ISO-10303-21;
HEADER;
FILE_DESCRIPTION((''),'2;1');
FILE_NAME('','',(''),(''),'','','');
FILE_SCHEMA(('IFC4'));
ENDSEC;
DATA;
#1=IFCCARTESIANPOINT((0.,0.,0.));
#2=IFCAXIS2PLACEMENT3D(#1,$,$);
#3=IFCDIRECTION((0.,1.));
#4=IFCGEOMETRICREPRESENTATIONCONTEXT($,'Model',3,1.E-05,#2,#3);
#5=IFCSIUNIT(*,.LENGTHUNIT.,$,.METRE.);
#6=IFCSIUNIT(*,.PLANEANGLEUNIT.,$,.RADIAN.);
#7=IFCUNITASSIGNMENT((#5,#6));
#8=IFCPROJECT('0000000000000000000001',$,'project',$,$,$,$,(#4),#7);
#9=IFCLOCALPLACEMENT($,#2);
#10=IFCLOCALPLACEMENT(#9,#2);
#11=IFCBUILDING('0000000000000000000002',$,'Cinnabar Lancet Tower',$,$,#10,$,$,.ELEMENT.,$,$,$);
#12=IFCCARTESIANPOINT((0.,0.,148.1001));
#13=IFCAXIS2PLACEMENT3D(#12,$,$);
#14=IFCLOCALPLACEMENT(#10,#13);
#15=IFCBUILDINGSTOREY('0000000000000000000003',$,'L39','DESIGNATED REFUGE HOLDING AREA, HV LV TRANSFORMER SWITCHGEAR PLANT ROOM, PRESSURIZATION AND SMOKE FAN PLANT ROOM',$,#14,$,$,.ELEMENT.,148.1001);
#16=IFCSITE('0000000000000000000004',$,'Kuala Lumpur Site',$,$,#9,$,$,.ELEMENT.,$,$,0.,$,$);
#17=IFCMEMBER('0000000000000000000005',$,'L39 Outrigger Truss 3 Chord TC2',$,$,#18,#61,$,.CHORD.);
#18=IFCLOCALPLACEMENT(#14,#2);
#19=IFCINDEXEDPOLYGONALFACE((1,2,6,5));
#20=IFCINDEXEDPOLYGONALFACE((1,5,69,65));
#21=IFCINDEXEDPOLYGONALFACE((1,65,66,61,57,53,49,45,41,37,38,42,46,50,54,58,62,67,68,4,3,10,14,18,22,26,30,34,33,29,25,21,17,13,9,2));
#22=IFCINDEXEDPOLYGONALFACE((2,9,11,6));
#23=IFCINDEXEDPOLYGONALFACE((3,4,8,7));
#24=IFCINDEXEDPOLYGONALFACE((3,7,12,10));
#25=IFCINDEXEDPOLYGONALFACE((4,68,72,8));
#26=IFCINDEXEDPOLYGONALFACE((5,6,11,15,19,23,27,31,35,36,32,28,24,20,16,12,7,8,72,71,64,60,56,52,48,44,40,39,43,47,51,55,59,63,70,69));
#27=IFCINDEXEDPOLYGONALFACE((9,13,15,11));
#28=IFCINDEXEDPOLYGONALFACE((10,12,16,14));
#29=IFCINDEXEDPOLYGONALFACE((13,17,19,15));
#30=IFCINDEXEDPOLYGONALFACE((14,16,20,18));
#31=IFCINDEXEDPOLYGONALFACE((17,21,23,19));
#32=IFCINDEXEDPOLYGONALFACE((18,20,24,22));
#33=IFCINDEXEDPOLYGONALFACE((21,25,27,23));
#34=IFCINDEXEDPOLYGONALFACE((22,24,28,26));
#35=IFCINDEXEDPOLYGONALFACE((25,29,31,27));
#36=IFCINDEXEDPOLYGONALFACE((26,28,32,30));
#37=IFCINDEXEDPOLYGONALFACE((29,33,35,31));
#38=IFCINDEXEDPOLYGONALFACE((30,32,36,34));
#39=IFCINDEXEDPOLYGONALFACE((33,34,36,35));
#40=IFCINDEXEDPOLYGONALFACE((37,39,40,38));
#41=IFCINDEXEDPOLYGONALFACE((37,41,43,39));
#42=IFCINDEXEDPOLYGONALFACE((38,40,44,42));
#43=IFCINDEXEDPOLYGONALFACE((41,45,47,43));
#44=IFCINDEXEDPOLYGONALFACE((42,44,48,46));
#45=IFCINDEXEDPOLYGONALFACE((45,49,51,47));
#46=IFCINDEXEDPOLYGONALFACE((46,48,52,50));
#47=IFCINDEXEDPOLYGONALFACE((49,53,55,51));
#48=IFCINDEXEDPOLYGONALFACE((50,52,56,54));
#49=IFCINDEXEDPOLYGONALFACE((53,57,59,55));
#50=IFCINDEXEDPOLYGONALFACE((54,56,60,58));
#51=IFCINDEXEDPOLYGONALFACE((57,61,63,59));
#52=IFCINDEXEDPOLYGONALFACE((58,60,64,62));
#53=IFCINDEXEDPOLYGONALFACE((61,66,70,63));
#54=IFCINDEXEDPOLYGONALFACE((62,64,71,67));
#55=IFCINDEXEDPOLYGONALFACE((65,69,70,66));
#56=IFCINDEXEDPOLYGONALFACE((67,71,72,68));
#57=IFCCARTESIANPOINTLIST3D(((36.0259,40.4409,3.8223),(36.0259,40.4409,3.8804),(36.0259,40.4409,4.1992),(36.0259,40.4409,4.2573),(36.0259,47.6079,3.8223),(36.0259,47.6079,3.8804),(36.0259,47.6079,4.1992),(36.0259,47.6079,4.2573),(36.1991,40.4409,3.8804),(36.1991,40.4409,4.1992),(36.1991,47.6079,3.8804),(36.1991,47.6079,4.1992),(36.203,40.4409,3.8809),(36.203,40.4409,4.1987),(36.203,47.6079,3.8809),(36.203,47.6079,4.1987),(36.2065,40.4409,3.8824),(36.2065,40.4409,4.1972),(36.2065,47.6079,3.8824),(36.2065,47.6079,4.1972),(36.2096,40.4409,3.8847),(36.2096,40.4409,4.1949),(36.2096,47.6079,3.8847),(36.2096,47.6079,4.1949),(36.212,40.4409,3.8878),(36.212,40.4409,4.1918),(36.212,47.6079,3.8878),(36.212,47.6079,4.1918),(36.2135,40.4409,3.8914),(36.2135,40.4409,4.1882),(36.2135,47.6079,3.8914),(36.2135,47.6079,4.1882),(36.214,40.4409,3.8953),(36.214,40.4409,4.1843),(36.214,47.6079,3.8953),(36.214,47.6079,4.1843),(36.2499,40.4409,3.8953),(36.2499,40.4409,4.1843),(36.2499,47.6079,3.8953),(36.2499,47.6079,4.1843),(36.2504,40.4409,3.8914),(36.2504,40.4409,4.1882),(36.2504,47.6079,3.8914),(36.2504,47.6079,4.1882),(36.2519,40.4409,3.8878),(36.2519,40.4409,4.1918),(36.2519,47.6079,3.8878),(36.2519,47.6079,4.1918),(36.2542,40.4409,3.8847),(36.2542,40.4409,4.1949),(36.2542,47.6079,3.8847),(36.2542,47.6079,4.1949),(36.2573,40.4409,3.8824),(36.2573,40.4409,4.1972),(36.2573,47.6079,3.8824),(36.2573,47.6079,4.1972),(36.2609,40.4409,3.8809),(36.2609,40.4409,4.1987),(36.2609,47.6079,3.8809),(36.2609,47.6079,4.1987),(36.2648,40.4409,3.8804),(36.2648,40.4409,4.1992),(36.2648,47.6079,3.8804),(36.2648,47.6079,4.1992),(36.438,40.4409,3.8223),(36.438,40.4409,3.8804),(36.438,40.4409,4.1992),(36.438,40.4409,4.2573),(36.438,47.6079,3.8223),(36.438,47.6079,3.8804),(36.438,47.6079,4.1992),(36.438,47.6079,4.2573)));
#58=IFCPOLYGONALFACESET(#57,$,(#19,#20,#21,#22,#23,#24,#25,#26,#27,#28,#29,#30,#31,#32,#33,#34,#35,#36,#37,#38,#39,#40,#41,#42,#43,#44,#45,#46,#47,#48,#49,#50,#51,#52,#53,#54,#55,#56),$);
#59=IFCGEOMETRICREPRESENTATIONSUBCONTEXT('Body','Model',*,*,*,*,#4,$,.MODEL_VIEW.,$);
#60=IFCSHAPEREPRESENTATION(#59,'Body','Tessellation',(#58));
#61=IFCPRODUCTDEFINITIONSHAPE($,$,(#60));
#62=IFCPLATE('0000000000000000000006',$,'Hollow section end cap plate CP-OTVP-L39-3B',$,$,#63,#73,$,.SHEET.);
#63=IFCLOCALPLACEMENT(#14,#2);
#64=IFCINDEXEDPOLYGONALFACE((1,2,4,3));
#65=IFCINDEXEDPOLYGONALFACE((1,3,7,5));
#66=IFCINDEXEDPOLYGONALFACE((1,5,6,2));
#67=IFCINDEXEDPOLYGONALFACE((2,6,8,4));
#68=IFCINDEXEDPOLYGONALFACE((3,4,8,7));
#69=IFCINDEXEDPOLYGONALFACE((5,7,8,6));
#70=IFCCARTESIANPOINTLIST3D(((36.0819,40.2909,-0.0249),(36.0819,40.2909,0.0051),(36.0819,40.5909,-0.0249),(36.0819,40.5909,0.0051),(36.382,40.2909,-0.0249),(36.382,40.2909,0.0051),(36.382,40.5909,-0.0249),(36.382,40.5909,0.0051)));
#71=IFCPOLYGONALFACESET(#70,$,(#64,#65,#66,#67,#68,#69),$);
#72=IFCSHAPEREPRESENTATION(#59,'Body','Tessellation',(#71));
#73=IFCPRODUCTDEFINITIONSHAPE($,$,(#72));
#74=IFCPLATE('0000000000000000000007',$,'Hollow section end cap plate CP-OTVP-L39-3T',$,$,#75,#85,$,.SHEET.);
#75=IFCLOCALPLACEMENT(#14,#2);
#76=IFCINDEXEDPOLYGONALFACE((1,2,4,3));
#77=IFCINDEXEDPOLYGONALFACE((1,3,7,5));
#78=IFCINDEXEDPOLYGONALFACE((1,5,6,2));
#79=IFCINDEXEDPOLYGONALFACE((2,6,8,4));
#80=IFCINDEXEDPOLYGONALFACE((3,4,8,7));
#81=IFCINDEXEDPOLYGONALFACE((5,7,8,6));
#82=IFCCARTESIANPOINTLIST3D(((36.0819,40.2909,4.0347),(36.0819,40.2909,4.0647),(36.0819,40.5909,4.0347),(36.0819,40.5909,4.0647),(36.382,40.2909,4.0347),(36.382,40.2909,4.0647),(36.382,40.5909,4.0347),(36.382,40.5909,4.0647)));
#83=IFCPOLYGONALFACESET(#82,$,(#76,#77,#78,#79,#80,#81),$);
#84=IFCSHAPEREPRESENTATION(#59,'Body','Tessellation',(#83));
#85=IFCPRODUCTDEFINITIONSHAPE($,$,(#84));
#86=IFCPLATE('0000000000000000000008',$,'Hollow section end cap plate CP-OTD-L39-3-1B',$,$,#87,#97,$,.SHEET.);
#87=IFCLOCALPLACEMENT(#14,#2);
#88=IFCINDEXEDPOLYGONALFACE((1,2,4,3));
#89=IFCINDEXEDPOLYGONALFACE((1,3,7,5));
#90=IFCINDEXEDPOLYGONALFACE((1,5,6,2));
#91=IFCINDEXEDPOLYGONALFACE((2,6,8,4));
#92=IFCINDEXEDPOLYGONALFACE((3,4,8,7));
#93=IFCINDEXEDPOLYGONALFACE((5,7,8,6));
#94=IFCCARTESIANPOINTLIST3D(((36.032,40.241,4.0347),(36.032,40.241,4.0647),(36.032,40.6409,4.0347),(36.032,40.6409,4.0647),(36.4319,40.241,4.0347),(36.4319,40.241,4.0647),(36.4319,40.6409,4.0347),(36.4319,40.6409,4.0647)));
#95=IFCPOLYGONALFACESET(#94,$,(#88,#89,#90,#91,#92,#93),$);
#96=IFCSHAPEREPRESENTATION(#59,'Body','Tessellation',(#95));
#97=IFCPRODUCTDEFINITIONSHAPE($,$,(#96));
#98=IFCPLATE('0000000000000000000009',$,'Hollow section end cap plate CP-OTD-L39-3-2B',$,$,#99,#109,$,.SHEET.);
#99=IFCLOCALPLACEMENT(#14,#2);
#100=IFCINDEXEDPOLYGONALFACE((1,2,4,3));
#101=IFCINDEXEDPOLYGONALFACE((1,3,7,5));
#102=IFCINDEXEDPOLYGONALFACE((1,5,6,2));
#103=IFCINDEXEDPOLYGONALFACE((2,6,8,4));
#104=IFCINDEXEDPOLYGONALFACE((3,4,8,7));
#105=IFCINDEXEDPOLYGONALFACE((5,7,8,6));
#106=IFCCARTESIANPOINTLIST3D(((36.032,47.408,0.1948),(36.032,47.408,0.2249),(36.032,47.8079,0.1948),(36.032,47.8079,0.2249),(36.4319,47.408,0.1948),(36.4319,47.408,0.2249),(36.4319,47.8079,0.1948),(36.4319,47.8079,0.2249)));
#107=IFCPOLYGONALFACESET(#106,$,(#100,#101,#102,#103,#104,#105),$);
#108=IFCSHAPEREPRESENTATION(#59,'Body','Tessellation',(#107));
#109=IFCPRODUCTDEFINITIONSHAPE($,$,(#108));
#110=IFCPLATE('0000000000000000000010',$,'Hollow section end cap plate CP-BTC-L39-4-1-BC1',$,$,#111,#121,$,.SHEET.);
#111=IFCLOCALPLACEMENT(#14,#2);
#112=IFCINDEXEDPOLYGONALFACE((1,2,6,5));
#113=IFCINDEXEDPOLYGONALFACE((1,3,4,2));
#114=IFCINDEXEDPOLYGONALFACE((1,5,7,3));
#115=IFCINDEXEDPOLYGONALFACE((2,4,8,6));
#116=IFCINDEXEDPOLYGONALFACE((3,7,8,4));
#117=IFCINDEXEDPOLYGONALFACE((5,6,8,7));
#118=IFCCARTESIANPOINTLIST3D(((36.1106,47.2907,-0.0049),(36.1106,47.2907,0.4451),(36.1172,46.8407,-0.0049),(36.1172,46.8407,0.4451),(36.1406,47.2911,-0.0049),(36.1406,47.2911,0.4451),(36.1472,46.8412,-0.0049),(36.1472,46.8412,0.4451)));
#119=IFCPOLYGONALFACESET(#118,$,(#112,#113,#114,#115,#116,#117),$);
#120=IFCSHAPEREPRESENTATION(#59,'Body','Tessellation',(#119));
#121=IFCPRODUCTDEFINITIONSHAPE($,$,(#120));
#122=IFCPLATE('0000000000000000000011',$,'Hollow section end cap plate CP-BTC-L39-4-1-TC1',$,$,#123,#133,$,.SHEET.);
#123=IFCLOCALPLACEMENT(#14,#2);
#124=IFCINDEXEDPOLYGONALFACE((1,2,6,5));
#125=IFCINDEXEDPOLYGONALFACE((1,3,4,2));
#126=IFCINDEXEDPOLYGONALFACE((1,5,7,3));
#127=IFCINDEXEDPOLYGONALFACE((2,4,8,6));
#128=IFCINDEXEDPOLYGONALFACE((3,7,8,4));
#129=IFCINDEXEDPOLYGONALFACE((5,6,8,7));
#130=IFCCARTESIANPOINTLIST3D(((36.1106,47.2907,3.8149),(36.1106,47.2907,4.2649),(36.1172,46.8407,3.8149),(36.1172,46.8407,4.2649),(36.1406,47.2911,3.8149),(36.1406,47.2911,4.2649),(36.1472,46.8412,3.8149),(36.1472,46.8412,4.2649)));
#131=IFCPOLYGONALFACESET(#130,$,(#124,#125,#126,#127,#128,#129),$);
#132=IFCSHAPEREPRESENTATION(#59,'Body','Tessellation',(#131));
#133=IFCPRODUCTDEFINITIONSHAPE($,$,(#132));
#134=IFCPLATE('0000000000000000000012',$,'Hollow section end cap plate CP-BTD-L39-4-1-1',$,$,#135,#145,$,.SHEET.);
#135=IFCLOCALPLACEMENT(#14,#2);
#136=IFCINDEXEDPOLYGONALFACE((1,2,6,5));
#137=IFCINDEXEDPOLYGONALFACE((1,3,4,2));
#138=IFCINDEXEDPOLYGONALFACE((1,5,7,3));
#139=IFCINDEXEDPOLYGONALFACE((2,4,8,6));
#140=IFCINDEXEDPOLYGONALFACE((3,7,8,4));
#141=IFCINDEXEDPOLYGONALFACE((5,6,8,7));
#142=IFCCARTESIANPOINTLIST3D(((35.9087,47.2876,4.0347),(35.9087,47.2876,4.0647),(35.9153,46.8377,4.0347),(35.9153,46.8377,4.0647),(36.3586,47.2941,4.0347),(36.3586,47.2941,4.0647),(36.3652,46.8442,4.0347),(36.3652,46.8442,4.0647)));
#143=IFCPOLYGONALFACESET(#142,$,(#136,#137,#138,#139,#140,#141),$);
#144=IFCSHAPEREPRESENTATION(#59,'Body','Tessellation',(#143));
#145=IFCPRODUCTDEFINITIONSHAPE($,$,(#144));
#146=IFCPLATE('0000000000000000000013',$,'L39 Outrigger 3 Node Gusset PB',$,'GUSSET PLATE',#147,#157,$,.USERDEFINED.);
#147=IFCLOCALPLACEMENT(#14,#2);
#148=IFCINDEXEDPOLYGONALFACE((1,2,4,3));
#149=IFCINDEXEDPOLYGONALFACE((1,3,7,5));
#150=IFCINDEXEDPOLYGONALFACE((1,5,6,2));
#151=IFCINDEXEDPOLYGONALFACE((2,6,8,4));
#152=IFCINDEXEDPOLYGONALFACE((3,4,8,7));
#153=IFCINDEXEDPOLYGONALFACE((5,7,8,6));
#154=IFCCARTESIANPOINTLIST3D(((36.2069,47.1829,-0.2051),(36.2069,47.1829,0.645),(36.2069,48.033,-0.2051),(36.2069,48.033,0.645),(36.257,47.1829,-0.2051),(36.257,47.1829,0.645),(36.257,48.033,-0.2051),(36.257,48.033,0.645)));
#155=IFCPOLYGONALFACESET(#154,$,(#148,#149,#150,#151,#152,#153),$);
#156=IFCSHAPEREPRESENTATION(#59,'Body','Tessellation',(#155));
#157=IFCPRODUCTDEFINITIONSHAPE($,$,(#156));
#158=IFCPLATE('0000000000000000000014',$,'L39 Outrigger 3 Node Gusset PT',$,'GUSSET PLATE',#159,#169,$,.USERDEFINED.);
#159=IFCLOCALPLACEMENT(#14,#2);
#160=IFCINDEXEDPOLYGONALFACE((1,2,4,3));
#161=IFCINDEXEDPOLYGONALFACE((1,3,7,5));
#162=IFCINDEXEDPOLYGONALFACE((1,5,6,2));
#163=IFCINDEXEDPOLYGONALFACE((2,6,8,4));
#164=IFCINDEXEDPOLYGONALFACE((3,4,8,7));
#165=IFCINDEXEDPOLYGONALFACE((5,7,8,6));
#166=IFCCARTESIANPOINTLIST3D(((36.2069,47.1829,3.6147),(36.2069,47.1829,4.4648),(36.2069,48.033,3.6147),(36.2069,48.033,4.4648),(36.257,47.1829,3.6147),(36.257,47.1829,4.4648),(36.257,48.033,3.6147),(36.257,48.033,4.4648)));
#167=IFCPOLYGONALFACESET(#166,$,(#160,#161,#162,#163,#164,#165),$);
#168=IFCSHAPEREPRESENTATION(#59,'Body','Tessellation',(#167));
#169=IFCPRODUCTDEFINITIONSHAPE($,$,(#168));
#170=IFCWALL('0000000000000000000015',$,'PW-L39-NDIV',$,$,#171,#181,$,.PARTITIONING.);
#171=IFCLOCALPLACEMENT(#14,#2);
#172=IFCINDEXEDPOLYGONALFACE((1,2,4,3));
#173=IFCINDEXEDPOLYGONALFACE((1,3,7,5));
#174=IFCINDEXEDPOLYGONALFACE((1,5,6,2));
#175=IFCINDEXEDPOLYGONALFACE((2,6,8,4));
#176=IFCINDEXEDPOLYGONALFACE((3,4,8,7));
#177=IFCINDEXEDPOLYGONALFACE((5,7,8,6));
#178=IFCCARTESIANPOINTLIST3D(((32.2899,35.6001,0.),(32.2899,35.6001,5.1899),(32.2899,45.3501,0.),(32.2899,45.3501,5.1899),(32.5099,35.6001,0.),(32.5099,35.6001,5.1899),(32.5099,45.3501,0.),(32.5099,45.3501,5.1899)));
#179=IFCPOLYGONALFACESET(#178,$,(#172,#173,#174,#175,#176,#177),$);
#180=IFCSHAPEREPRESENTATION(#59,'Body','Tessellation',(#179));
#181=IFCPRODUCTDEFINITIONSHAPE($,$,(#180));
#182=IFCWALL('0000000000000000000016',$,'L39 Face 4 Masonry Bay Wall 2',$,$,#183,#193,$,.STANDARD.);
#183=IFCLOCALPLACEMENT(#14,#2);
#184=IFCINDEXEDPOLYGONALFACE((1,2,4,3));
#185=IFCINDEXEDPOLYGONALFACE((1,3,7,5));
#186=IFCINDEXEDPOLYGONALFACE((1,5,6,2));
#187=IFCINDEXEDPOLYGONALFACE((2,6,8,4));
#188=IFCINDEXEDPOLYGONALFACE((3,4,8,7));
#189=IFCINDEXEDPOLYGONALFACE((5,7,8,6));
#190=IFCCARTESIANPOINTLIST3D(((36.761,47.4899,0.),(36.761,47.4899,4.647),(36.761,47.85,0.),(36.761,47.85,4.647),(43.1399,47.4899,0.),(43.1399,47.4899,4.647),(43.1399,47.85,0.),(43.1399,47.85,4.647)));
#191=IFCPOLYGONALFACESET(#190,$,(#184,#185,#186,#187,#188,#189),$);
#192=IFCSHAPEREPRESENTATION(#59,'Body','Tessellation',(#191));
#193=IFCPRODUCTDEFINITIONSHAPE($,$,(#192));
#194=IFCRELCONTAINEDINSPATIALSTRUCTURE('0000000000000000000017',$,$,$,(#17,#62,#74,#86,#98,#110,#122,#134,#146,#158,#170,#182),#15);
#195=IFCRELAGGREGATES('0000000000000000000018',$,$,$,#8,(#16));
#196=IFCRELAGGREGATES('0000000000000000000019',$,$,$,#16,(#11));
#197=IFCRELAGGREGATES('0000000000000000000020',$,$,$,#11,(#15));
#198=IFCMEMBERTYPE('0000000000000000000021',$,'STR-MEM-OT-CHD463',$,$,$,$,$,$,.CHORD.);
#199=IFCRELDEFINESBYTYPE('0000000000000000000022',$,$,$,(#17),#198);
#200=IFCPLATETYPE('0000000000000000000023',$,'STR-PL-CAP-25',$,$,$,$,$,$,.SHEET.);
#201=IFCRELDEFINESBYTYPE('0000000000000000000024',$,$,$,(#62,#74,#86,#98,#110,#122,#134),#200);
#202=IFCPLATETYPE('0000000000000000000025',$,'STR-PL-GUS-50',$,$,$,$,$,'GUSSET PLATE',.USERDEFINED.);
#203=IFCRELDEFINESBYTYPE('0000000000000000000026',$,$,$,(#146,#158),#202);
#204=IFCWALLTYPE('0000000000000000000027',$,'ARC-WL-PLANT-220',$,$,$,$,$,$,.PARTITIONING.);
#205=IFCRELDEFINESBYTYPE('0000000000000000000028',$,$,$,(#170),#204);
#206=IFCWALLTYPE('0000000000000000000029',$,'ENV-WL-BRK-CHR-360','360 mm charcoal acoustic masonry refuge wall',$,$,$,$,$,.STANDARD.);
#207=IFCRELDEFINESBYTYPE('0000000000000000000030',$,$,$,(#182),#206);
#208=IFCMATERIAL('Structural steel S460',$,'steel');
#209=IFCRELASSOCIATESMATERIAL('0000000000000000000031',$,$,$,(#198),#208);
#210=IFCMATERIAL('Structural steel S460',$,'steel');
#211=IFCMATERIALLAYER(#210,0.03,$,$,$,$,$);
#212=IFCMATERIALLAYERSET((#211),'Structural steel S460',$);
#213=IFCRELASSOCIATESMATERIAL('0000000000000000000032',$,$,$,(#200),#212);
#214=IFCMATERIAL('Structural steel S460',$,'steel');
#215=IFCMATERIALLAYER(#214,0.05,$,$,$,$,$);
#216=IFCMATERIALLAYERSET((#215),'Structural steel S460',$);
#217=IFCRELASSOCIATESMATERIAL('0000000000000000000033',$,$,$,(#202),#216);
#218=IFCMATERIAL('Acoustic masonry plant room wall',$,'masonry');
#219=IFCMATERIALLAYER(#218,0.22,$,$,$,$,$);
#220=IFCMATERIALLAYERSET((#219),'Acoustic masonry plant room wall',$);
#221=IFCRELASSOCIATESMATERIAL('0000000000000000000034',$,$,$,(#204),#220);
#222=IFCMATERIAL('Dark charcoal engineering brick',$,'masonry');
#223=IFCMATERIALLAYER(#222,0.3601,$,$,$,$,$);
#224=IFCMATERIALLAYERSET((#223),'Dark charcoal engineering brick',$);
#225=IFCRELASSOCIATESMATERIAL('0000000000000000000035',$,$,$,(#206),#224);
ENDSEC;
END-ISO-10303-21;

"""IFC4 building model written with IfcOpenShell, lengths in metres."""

from ifc_helpers import new_model, si_unit, direction, frame, frame_2d, origin, origin_2d, place, context, subcontext, project, spatial, rectangle, i_section, extrude, material, layer, layer_set, material_profile, profile_set, type_object, element, save


model = new_model("IFC4")

# Units and contexts
model_context = context("Model", 3, precision=1e-05, world=origin(), true_north=direction((0.0, 1.0)))
body_context = subcontext(model_context, "Body", "Model", "MODEL_VIEW")
ifc_project = project(units=[si_unit("LENGTHUNIT", "METRE"), si_unit("PLANEANGLEUNIT", "RADIAN")], contexts=[model_context])

# Site, building, storey
site_placement = place(None, origin())
site = spatial("IfcSite", under=ifc_project, at=site_placement, Name="Kuala Lumpur Site", CompositionType="ELEMENT", RefElevation=0.0)
building_placement = place(site_placement, origin())
building = spatial("IfcBuilding", under=site, at=building_placement, Name="Cinnabar Lancet Tower", CompositionType="ELEMENT")
storey_placement = place(building_placement, frame((0.0, 0.0, 148.1001)))
storey = spatial("IfcBuildingStorey", under=building, at=storey_placement, Name="L39", Description="DESIGNATED REFUGE HOLDING AREA, HV LV TRANSFORMER SWITCHGEAR PLANT ROOM, PRESSURIZATION AND SMOKE FAN PLANT ROOM", CompositionType="ELEMENT", Elevation=148.1001)

# Member
ifc_material_1 = material(Name="Structural steel S460", Category="steel")
ifc_material_profile_1 = material_profile(ifc_material_1, i_section(OverallWidth=0.4121, OverallDepth=0.4351, WebThickness=0.0359, FlangeThickness=0.0581, FilletRadius=0.0149, at=origin_2d()), Name="HD 400x463")
ifc_profile_set_1 = profile_set([ifc_material_profile_1], Name="Structural steel S460")
member_type_1 = type_object("IfcMemberType", Name="STR-MEM-OT-CHD463", PredefinedType="CHORD", material=ifc_profile_set_1)
for number, where, z_axis, x_axis, name in (
    (1, (36.2319, 40.4409, 4.0398), (0.0, 1.0, 0.0), (-1.0, 0.0, 0.0), "L39 Outrigger Truss 3 Chord TC2"),
):
    element("IfcMember", number, at=place(storey_placement, frame(where, z_axis=z_axis, x_axis=x_axis)), inside=storey, type_object=member_type_1, Name=name, PredefinedType="CHORD", context=body_context, shape_type="SweptSolid", body=[
        extrude(i_section(OverallWidth=0.4121, OverallDepth=0.4351, WebThickness=0.0359, FlangeThickness=0.0581, FilletRadius=0.0149, at=origin_2d()), origin(), (0.0, 0.0, 1.0), 7.167),
    ])

# Plates
ifc_material_2 = material(Name="Structural steel S460", Category="steel")
ifc_layer_1 = layer(ifc_material_2, 0.03)
ifc_layer_set_1 = layer_set([ifc_layer_1], Name="Structural steel S460")
plate_type_1 = type_object("IfcPlateType", Name="STR-PL-CAP-25", PredefinedType="SHEET", material=ifc_layer_set_1)
for number, where, z_axis, x_axis, name in (
    (2, (36.2319, 40.4409, -0.0249), (0.0, 0.0, 1.0), (1.0, 0.0, 0.0), "Hollow section end cap plate CP-OTVP-L39-3B"),
    (3, (36.2319, 40.4409, 4.0347), (0.0, 0.0, 1.0), (1.0, 0.0, 0.0), "Hollow section end cap plate CP-OTVP-L39-3T"),
):
    element("IfcPlate", number, at=place(storey_placement, frame(where, z_axis=z_axis, x_axis=x_axis)), inside=storey, type_object=plate_type_1, Name=name, PredefinedType="SHEET", context=body_context, shape_type="SweptSolid", body=[
        extrude(rectangle(XDim=0.3, YDim=0.3, at=origin_2d()), origin(), (0.0, 0.0, 1.0), 0.03),
    ])
for number, where, z_axis, x_axis, name in (
    (4, (36.2319, 40.4409, 4.0347), (0.0, 0.0, 1.0), (0.0, 1.0, 0.0), "Hollow section end cap plate CP-OTD-L39-3-1B"),
    (5, (36.2319, 47.6079, 0.1948), (0.0, 0.0, 1.0), (0.0, 1.0, 0.0), "Hollow section end cap plate CP-OTD-L39-3-2B"),
):
    element("IfcPlate", number, at=place(storey_placement, frame(where, z_axis=z_axis, x_axis=x_axis)), inside=storey, type_object=plate_type_1, Name=name, PredefinedType="SHEET", context=body_context, shape_type="SweptSolid", body=[
        extrude(rectangle(XDim=0.3999, YDim=0.3999, at=origin_2d()), origin(), (0.0, 0.0, 1.0), 0.03),
    ])
for number, where, z_axis, x_axis, name in (
    (6, (36.1289, 47.0659, -0.0049), (0.0, 0.0, 1.0), (-0.999894, -0.014556, 0.0), "Hollow section end cap plate CP-BTC-L39-4-1-BC1"),
    (7, (36.1289, 47.0659, 3.8149), (0.0, 0.0, 1.0), (-0.999894, -0.014556, 0.0), "Hollow section end cap plate CP-BTC-L39-4-1-TC1"),
):
    element("IfcPlate", number, at=place(storey_placement, frame(where, z_axis=z_axis, x_axis=x_axis)), inside=storey, type_object=plate_type_1, Name=name, PredefinedType="SHEET", context=body_context, shape_type="SweptSolid", body=[
        extrude(rectangle(XDim=0.03, YDim=0.45, at=origin_2d()), origin(), (0.0, 0.0, 1.0), 0.45),
    ])
plate_placement = place(storey_placement, frame((36.137, 47.0659, 4.0347), z_axis=(0.0, 0.0, 1.0), x_axis=(-0.999894, -0.014556, 0.0)))
element("IfcPlate", 8, at=plate_placement, inside=storey, type_object=plate_type_1, Name="Hollow section end cap plate CP-BTD-L39-4-1-1", PredefinedType="SHEET", context=body_context, shape_type="SweptSolid", body=[
    extrude(rectangle(XDim=0.45, YDim=0.45, at=origin_2d()), origin(), (0.0, 0.0, 1.0), 0.03),
])
ifc_material_3 = material(Name="Structural steel S460", Category="steel")
ifc_layer_2 = layer(ifc_material_3, 0.05)
ifc_layer_set_2 = layer_set([ifc_layer_2], Name="Structural steel S460")
plate_type_2 = type_object("IfcPlateType", Name="STR-PL-GUS-50", ElementType="GUSSET PLATE", PredefinedType="USERDEFINED", material=ifc_layer_set_2)
for number, where, z_axis, x_axis, name in (
    (9, (36.2319, 47.6079, -0.2051), (0.0, 0.0, 1.0), (1.0, 0.0, 0.0), "L39 Outrigger 3 Node Gusset PB"),
    (10, (36.2319, 47.6079, 3.6147), (0.0, 0.0, 1.0), (1.0, 0.0, 0.0), "L39 Outrigger 3 Node Gusset PT"),
):
    element("IfcPlate", number, at=place(storey_placement, frame(where, z_axis=z_axis, x_axis=x_axis)), inside=storey, type_object=plate_type_2, Name=name, ObjectType="GUSSET PLATE", PredefinedType="USERDEFINED", context=body_context, shape_type="SweptSolid", body=[
        extrude(rectangle(XDim=0.05, YDim=0.8501, at=origin_2d()), origin(), (0.0, 0.0, 1.0), 0.8501),
    ])

# Walls
ifc_material_4 = material(Name="Acoustic masonry plant room wall", Category="masonry")
ifc_layer_3 = layer(ifc_material_4, 0.22)
ifc_layer_set_3 = layer_set([ifc_layer_3], Name="Acoustic masonry plant room wall")
wall_type_1 = type_object("IfcWallType", Name="ARC-WL-PLANT-220", PredefinedType="PARTITIONING", material=ifc_layer_set_3)
wall_1_placement = place(storey_placement, frame((32.3999, 35.6001, 0.0), z_axis=(0.0, 0.0, 1.0), x_axis=(0.0, 1.0, 0.0)))
element("IfcWall", 11, at=wall_1_placement, inside=storey, type_object=wall_type_1, Name="PW-L39-NDIV", PredefinedType="PARTITIONING", context=body_context, shape_type="SweptSolid", body=[
    extrude(rectangle(XDim=9.75, YDim=0.22, at=frame_2d((4.875, 0.0))), origin(), (0.0, 0.0, 1.0), 5.1899),
])
ifc_material_5 = material(Name="Dark charcoal engineering brick", Category="masonry")
ifc_layer_4 = layer(ifc_material_5, 0.3601)
ifc_layer_set_4 = layer_set([ifc_layer_4], Name="Dark charcoal engineering brick")
wall_type_2 = type_object("IfcWallType", Name="ENV-WL-BRK-CHR-360", Description="360 mm charcoal acoustic masonry refuge wall", PredefinedType="STANDARD", material=ifc_layer_set_4)
wall_2_placement = place(storey_placement, frame((43.1399, 47.6699, 0.0), z_axis=(0.0, 0.0, 1.0), x_axis=(-1.0, 0.0, 0.0)))
element("IfcWall", 12, at=wall_2_placement, inside=storey, type_object=wall_type_2, Name="L39 Face 4 Masonry Bay Wall 2", PredefinedType="STANDARD", context=body_context, shape_type="SweptSolid", body=[
    extrude(rectangle(XDim=6.3789, YDim=0.3601, at=frame_2d((3.1895, 0.0))), origin(), (0.0, 0.0, 1.0), 4.647),
])

save(model, "model.ifc")
